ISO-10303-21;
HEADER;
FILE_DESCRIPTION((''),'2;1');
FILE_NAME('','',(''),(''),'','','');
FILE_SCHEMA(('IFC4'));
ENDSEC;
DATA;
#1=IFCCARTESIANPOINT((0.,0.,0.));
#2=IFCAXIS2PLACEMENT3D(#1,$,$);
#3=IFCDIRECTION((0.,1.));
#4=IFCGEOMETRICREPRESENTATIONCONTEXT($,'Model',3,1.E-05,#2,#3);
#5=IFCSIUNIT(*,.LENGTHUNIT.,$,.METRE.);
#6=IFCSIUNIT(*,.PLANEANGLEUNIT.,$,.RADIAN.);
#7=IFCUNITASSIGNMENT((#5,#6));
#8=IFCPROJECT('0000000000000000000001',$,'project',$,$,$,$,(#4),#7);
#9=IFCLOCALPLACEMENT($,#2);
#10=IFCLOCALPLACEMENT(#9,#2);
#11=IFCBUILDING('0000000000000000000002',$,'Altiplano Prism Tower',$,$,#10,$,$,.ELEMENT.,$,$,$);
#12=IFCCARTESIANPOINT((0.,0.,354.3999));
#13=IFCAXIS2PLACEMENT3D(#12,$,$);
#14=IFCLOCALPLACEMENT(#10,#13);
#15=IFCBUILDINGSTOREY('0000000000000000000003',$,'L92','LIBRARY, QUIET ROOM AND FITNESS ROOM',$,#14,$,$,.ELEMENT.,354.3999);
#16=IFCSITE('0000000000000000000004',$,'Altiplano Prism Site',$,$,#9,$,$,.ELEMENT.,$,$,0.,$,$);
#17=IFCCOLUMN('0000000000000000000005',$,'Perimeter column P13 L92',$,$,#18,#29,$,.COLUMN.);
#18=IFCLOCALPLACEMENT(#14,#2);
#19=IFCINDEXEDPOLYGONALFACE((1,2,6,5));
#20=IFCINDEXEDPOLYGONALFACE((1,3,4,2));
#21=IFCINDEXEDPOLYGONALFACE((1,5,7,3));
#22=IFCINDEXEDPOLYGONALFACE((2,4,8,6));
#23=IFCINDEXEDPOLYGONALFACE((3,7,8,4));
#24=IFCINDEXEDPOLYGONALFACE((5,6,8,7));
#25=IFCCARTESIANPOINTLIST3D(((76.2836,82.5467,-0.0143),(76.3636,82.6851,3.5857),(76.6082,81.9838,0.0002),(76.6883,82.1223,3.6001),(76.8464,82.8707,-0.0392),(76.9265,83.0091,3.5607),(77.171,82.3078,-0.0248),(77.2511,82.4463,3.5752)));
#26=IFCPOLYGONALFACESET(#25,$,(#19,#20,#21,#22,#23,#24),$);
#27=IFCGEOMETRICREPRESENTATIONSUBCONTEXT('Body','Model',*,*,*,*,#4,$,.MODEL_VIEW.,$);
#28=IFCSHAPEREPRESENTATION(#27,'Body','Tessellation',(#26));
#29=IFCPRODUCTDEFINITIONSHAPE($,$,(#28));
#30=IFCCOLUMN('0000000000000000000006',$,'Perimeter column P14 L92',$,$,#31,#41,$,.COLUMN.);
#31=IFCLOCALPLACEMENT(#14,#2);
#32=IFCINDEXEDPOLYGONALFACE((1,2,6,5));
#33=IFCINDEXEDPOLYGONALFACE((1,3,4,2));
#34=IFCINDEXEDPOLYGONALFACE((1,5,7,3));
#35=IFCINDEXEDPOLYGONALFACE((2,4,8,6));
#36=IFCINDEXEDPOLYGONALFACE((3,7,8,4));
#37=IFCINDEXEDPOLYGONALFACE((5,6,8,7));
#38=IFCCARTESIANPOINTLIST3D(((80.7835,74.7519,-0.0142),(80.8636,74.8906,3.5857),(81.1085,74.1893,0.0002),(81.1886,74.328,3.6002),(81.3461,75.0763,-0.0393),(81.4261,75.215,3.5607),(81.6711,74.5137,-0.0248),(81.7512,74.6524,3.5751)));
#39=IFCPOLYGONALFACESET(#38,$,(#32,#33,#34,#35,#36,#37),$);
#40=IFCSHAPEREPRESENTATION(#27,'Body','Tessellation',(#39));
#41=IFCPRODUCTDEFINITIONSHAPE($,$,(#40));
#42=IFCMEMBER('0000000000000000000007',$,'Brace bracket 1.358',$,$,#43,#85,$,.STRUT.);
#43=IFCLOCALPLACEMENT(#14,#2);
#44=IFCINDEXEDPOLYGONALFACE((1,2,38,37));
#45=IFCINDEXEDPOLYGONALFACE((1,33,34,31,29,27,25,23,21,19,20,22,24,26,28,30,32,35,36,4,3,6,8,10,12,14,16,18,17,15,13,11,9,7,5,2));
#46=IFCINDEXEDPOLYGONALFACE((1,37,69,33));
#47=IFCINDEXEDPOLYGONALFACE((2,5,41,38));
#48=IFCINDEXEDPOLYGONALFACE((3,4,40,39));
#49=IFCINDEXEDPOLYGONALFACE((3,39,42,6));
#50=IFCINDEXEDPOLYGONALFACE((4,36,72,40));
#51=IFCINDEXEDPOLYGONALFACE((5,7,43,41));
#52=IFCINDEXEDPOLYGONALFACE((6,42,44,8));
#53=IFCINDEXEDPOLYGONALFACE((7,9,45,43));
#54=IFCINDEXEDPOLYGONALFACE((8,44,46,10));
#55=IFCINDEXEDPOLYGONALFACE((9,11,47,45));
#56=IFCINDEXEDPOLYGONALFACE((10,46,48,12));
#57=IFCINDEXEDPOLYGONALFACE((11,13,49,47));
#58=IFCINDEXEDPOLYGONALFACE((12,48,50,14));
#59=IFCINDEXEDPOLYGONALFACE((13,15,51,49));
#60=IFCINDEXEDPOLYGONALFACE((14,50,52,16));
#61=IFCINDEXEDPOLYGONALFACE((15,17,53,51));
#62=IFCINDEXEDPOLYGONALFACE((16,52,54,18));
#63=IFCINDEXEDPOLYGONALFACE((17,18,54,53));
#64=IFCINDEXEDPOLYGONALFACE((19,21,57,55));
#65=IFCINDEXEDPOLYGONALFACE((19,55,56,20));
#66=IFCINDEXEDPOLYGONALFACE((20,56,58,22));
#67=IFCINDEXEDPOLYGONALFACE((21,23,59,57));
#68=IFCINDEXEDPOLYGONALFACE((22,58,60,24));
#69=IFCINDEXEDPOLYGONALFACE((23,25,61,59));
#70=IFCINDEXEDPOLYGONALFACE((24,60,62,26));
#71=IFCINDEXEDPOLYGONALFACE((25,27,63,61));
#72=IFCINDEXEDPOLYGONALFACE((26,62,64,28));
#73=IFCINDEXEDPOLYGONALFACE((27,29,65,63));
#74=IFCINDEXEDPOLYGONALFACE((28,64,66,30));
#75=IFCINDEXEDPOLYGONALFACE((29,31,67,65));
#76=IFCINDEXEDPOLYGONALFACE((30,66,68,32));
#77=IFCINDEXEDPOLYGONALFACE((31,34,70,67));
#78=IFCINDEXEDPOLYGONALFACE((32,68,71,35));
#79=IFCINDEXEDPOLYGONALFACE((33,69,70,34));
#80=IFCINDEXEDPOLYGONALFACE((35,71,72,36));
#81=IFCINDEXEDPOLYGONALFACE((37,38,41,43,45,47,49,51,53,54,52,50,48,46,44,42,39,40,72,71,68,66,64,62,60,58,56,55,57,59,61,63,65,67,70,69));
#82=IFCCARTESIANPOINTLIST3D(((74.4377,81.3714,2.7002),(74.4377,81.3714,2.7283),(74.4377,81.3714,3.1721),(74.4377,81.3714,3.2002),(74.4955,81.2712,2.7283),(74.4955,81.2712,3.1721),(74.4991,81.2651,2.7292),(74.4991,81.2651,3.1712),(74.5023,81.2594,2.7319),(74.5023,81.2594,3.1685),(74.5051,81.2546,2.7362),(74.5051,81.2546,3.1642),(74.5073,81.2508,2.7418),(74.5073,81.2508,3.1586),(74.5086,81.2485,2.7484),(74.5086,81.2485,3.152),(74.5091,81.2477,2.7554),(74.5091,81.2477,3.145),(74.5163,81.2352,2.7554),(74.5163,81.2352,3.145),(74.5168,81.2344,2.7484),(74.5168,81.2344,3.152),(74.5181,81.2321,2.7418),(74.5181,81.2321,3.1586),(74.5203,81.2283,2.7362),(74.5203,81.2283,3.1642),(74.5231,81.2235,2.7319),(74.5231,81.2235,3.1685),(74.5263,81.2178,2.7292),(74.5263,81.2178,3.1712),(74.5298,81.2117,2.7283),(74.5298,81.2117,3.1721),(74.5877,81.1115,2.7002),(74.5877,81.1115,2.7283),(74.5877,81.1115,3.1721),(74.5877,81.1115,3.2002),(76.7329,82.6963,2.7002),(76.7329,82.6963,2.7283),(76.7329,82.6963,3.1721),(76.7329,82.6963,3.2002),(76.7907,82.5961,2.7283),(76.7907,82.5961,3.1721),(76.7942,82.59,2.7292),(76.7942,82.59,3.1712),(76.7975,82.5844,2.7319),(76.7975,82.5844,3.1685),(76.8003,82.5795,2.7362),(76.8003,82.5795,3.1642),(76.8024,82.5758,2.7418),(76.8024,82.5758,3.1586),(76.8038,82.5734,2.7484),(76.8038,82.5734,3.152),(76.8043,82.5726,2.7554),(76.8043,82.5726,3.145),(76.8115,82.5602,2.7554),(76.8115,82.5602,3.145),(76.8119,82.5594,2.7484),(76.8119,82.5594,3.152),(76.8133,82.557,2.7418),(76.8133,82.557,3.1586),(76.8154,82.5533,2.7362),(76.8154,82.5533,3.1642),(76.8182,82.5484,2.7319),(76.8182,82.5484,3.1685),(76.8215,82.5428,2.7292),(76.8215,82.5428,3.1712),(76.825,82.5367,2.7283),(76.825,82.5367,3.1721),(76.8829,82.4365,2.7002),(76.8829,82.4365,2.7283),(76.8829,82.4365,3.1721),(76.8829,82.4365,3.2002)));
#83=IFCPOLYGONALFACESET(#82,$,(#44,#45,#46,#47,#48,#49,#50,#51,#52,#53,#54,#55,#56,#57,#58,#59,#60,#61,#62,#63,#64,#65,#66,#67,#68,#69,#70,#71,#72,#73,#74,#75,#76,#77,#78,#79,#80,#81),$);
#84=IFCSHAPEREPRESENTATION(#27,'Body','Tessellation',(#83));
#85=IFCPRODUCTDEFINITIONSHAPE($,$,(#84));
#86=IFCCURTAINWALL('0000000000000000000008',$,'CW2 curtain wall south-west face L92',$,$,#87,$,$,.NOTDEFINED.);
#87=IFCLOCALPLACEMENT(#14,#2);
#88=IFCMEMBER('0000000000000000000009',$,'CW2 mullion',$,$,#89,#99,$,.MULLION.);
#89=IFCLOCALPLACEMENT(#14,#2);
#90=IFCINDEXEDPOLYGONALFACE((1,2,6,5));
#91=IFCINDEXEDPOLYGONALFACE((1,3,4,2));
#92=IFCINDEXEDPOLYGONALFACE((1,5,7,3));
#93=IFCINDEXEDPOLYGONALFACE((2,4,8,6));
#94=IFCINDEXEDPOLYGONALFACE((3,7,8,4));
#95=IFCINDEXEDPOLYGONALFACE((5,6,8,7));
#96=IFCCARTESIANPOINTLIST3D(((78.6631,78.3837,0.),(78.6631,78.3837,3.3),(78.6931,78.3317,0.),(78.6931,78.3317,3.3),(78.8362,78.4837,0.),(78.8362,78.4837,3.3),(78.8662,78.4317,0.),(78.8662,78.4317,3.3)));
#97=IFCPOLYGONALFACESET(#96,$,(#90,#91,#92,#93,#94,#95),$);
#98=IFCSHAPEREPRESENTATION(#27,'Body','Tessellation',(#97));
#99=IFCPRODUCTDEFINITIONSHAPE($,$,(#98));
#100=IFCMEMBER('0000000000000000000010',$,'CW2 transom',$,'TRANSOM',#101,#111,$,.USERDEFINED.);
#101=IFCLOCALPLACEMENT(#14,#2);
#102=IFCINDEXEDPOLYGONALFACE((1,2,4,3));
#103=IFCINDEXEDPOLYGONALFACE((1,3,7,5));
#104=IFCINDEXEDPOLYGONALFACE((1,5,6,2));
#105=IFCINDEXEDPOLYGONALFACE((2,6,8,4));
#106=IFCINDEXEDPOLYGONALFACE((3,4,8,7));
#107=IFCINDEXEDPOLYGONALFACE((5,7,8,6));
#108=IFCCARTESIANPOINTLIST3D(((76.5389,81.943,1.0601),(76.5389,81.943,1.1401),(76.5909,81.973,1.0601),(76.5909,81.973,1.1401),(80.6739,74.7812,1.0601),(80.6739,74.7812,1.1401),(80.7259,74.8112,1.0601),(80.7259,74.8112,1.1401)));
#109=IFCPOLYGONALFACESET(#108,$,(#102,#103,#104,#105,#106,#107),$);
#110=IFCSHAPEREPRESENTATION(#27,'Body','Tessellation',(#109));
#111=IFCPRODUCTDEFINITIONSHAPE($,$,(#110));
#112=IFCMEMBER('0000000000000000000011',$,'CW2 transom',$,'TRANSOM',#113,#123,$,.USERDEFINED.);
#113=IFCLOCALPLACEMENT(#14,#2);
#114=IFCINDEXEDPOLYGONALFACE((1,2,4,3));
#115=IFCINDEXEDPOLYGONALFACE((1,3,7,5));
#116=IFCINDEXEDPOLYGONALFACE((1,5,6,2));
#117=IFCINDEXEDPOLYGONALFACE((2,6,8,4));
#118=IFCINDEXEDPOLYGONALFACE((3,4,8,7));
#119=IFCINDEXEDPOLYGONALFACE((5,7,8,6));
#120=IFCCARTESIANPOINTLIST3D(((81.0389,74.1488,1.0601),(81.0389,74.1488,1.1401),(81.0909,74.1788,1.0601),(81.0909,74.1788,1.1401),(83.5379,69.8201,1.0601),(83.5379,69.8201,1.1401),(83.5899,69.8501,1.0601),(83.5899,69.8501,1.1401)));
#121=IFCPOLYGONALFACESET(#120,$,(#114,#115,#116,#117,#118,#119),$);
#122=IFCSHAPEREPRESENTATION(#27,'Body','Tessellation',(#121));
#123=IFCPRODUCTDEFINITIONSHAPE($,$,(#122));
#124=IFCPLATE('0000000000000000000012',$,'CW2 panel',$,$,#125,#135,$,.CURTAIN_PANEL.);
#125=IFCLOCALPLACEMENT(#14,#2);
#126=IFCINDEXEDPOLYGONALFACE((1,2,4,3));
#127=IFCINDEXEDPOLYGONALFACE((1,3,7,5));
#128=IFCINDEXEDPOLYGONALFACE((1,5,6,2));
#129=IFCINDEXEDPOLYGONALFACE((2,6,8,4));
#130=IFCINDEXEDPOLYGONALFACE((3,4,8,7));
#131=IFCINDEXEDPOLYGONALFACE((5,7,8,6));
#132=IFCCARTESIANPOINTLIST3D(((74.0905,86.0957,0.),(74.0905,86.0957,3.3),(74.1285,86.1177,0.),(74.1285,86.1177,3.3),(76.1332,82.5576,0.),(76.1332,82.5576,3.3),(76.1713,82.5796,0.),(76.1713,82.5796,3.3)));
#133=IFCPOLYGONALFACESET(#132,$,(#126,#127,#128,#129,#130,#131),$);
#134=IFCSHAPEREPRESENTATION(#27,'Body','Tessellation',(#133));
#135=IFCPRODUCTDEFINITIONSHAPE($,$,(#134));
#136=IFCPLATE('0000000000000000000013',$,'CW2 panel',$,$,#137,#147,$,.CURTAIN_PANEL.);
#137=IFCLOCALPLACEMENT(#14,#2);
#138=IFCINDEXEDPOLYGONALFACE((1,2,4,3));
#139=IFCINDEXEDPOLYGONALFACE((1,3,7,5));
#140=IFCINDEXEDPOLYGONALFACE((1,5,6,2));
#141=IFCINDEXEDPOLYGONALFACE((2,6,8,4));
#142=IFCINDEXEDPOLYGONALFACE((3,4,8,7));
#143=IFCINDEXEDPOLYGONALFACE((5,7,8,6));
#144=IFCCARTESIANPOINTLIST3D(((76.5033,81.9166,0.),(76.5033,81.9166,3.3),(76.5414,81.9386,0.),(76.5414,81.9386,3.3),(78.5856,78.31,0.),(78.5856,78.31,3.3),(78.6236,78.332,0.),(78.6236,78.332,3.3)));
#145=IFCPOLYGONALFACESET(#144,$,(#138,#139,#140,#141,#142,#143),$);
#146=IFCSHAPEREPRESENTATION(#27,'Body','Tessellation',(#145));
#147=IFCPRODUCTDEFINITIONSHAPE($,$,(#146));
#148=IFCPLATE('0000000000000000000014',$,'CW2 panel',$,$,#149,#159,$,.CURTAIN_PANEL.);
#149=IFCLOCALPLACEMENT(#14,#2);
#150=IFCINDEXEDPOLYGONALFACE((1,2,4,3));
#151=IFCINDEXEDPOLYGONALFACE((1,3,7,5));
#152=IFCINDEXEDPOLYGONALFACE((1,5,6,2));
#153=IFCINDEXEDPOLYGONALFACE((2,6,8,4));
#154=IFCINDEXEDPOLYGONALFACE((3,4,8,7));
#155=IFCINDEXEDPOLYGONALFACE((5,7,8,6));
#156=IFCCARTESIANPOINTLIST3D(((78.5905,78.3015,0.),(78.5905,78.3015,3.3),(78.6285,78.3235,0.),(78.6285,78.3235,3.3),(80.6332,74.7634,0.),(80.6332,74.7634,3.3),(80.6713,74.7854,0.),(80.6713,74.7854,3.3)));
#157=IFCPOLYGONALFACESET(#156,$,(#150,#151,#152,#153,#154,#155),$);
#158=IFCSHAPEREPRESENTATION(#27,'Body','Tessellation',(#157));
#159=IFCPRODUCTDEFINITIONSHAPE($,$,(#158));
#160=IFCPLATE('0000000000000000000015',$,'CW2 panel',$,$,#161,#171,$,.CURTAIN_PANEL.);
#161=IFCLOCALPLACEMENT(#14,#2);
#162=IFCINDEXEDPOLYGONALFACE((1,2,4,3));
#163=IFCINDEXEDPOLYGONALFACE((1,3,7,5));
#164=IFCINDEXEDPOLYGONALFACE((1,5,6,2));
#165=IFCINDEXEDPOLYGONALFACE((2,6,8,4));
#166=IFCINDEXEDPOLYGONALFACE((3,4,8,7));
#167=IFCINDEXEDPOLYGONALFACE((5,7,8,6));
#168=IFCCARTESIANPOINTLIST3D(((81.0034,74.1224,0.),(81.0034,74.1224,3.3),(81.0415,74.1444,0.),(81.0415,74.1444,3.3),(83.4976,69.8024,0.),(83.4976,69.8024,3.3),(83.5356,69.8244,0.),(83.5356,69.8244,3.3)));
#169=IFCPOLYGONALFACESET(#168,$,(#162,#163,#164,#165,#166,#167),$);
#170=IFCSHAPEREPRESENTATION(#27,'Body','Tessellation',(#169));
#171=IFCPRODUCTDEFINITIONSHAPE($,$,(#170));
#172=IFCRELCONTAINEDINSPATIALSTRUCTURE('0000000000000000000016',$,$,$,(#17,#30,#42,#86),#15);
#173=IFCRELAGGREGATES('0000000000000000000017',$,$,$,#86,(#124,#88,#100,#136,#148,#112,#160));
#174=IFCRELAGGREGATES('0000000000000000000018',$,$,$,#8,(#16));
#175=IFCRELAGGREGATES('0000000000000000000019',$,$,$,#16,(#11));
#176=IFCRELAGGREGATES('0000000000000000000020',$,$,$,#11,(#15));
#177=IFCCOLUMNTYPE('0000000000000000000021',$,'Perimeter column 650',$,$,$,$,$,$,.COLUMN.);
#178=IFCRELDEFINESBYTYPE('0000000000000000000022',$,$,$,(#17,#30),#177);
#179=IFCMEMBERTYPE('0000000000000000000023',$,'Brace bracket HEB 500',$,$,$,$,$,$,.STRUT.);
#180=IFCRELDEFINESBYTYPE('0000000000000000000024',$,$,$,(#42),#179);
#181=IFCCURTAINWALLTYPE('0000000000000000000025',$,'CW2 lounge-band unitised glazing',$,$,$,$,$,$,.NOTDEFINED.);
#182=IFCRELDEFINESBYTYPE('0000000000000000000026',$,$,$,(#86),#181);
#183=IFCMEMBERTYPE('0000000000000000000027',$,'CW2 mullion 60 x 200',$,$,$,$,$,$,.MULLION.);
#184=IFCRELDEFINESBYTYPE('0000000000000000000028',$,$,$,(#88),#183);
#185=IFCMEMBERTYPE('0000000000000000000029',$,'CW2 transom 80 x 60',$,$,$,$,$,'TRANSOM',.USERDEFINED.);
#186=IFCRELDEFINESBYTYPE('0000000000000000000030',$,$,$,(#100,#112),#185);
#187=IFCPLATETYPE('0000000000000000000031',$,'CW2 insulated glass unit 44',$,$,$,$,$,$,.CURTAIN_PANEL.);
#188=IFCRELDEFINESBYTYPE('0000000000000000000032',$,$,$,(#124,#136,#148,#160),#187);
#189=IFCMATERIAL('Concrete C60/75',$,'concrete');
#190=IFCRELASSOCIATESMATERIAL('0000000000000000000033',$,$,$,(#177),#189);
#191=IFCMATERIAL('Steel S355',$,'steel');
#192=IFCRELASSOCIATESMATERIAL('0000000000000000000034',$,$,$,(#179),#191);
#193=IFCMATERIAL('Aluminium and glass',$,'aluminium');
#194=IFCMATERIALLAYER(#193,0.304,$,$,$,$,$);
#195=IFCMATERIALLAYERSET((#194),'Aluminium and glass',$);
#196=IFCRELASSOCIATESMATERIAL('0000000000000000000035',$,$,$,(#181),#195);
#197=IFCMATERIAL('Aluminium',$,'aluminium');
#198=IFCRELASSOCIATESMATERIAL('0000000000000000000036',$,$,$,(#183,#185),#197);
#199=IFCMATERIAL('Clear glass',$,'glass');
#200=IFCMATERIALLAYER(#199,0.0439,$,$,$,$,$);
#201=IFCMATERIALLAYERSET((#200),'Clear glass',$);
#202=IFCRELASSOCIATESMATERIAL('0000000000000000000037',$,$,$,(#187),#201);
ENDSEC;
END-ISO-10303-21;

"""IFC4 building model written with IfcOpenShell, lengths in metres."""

from ifc_helpers import new_model, si_unit, direction, frame, origin, origin_2d, place, context, subcontext, project, spatial, rectangle, i_section, extrude, material, layer, layer_set, material_profile, profile_set, type_object, element, aggregate, save


model = new_model("IFC4")

# Units and contexts
model_context = context("Model", 3, precision=1e-05, world=origin(), true_north=direction((0.0, 1.0)))
body_context = subcontext(model_context, "Body", "Model", "MODEL_VIEW")
ifc_project = project(units=[si_unit("LENGTHUNIT", "METRE"), si_unit("PLANEANGLEUNIT", "RADIAN")], contexts=[model_context])

# Site, building, storey
site_placement = place(None, origin())
site = spatial("IfcSite", under=ifc_project, at=site_placement, Name="Altiplano Prism Site", CompositionType="ELEMENT", RefElevation=0.0)
building_placement = place(site_placement, origin())
building = spatial("IfcBuilding", under=site, at=building_placement, Name="Altiplano Prism Tower", CompositionType="ELEMENT")
storey_placement = place(building_placement, frame((0.0, 0.0, 354.3999)))
storey = spatial("IfcBuildingStorey", under=building, at=storey_placement, Name="L92", Description="LIBRARY, QUIET ROOM AND FITNESS ROOM", CompositionType="ELEMENT", Elevation=354.3999)

# Columns
ifc_material_1 = material(Name="Concrete C60/75", Category="concrete")
ifc_material_profile_1 = material_profile(ifc_material_1, rectangle(XDim=0.6499, YDim=0.6499, at=origin_2d()), Name="Perimeter column 650")
ifc_profile_set_1 = profile_set([ifc_material_profile_1], Name="Concrete C60/75")
column_type = type_object("IfcColumnType", Name="Perimeter column 650", PredefinedType="COLUMN", material=ifc_profile_set_1)
for number, where, z_axis, x_axis, name in (
    (1, (76.7273, 82.4272, -0.0195), (0.022223, 0.038416, 0.999015), (-0.866021, -0.498528, 0.038435), "Perimeter column P13 L92"),
    (2, (81.2273, 74.6328, -0.0195), (0.022223, 0.038483, 0.999012), (-0.865639, -0.499187, 0.038485), "Perimeter column P14 L92"),
):
    element("IfcColumn", number, at=place(storey_placement, frame(where, z_axis=z_axis, x_axis=x_axis)), inside=storey, type_object=column_type, Name=name, PredefinedType="COLUMN", context=body_context, shape_type="SweptSolid", body=[
        extrude(rectangle(XDim=0.6499, YDim=0.6499, at=origin_2d()), origin(), (0.0, 0.0, 1.0), 3.6035),
    ])

# Member
ifc_material_2 = material(Name="Steel S355", Category="steel")
ifc_material_profile_2 = material_profile(ifc_material_2, i_section(OverallWidth=0.3, OverallDepth=0.5, WebThickness=0.0144, FlangeThickness=0.0281, FilletRadius=0.0271, at=origin_2d()), Name="Brace bracket HEB 500")
ifc_profile_set_2 = profile_set([ifc_material_profile_2], Name="Steel S355")
member_type_1 = type_object("IfcMemberType", Name="Brace bracket HEB 500", PredefinedType="STRUT", material=ifc_profile_set_2)
member_1_placement = place(storey_placement, frame((76.8079, 82.5664, 2.9502), z_axis=(-0.866052, -0.499954, 0.0), x_axis=(0.499954, -0.866052, 0.0)))
element("IfcMember", 3, at=member_1_placement, inside=storey, type_object=member_type_1, Name="Brace bracket 1.358", PredefinedType="STRUT", context=body_context, shape_type="SweptSolid", body=[
    extrude(i_section(OverallWidth=0.3, OverallDepth=0.5, WebThickness=0.0144, FlangeThickness=0.0281, FilletRadius=0.0271, at=origin_2d()), origin(), (0.0, 0.0, 1.0), 2.6501),
])

# Curtain wall, members, plates
ifc_material_3 = material(Name="Aluminium and glass", Category="aluminium")
ifc_layer_1 = layer(ifc_material_3, 0.304)
ifc_layer_set_1 = layer_set([ifc_layer_1], Name="Aluminium and glass")
curtain_wall_type = type_object("IfcCurtainWallType", Name="CW2 lounge-band unitised glazing", PredefinedType="NOTDEFINED", material=ifc_layer_set_1)
curtain_wall_placement = place(storey_placement, origin())
curtain_wall = element("IfcCurtainWall", 4, at=curtain_wall_placement, inside=storey, type_object=curtain_wall_type, Name="CW2 curtain wall south-west face L92", PredefinedType="NOTDEFINED")
ifc_material_4 = material(Name="Aluminium", Category="aluminium")
ifc_material_profile_3 = material_profile(ifc_material_4, rectangle(XDim=0.2, YDim=0.0601, at=origin_2d()), Name="CW2 mullion 60 x 200")
ifc_profile_set_3 = profile_set([ifc_material_profile_3], Name="Aluminium")
member_type_2 = type_object("IfcMemberType", Name="CW2 mullion 60 x 200", PredefinedType="MULLION", material=ifc_profile_set_3)
member_2_placement = place(storey_placement, frame((78.7646, 78.4077, 0.0), z_axis=(0.0, 0.0, 1.0), x_axis=(0.866025, 0.5, 0.0)))
member_2 = element("IfcMember", 5, at=member_2_placement, type_object=member_type_2, Name="CW2 mullion", PredefinedType="MULLION", context=body_context, shape_type="SweptSolid", body=[
    extrude(rectangle(XDim=0.2, YDim=0.0601, at=origin_2d()), origin(), (0.0, 0.0, 1.0), 3.3),
])
ifc_material_profile_4 = material_profile(ifc_material_4, rectangle(XDim=0.0601, YDim=0.0801, at=origin_2d()), Name="CW2 transom 80 x 60")
ifc_profile_set_4 = profile_set([ifc_material_profile_4], Name="Aluminium")
member_type_3 = type_object("IfcMemberType", Name="CW2 transom 80 x 60", ElementType="TRANSOM", PredefinedType="USERDEFINED", material=ifc_profile_set_4)
member_3_placement = place(storey_placement, frame((76.5649, 81.958, 1.1001), z_axis=(0.50001, -0.86602, 0.0), x_axis=(0.86602, 0.50001, 0.0)))
member_3 = element("IfcMember", 6, at=member_3_placement, type_object=member_type_3, Name="CW2 transom", ObjectType="TRANSOM", PredefinedType="USERDEFINED", context=body_context, shape_type="SweptSolid", body=[
    extrude(rectangle(XDim=0.0601, YDim=0.0801, at=origin_2d()), origin(), (0.0, 0.0, 1.0), 8.2698),
])
member_4_placement = place(storey_placement, frame((81.0649, 74.1638, 1.1001), z_axis=(0.499963, -0.866047, 0.0), x_axis=(0.866047, 0.499963, 0.0)))
member_4 = element("IfcMember", 7, at=member_4_placement, type_object=member_type_3, Name="CW2 transom", ObjectType="TRANSOM", PredefinedType="USERDEFINED", context=body_context, shape_type="SweptSolid", body=[
    extrude(rectangle(XDim=0.0601, YDim=0.0801, at=origin_2d()), origin(), (0.0, 0.0, 1.0), 4.9983),
])
ifc_material_5 = material(Name="Clear glass", Category="glass")
ifc_layer_2 = layer(ifc_material_5, 0.0439)
ifc_layer_set_2 = layer_set([ifc_layer_2], Name="Clear glass")
plate_type = type_object("IfcPlateType", Name="CW2 insulated glass unit 44", PredefinedType="CURTAIN_PANEL", material=ifc_layer_set_2)
plate_1_placement = place(storey_placement, frame((75.1309, 84.3376, 0.0), z_axis=(0.0, 0.0, 1.0), x_axis=(0.5, -0.866025, 0.0)))
plate_1 = element("IfcPlate", 8, at=plate_1_placement, type_object=plate_type, Name="CW2 panel", PredefinedType="CURTAIN_PANEL", context=body_context, shape_type="SweptSolid", body=[
    extrude(rectangle(XDim=4.0854, YDim=0.0439, at=origin_2d()), origin(), (0.0, 0.0, 1.0), 3.3),
])
plate_2_placement = place(storey_placement, frame((77.5635, 80.1243, 0.0), z_axis=(0.0, 0.0, 1.0), x_axis=(0.5, -0.866025, 0.0)))
plate_2 = element("IfcPlate", 9, at=plate_2_placement, type_object=plate_type, Name="CW2 panel", PredefinedType="CURTAIN_PANEL", context=body_context, shape_type="SweptSolid", body=[
    extrude(rectangle(XDim=4.1646, YDim=0.0439, at=origin_2d()), origin(), (0.0, 0.0, 1.0), 3.3),
])
plate_3_placement = place(storey_placement, frame((79.6309, 76.5435, 0.0), z_axis=(0.0, 0.0, 1.0), x_axis=(0.5, -0.866025, 0.0)))
plate_3 = element("IfcPlate", 10, at=plate_3_placement, type_object=plate_type, Name="CW2 panel", PredefinedType="CURTAIN_PANEL", context=body_context, shape_type="SweptSolid", body=[
    extrude(rectangle(XDim=4.0854, YDim=0.0439, at=origin_2d()), origin(), (0.0, 0.0, 1.0), 3.3),
])
plate_4_placement = place(storey_placement, frame((82.2695, 71.9734, 0.0), z_axis=(0.0, 0.0, 1.0), x_axis=(0.5, -0.866025, 0.0)))
plate_4 = element("IfcPlate", 11, at=plate_4_placement, type_object=plate_type, Name="CW2 panel", PredefinedType="CURTAIN_PANEL", context=body_context, shape_type="SweptSolid", body=[
    extrude(rectangle(XDim=4.9883, YDim=0.0439, at=origin_2d()), origin(), (0.0, 0.0, 1.0), 3.3),
])
aggregate(curtain_wall, [plate_1, member_2, member_3, plate_2, plate_3, member_4, plate_4])

save(model, "model.ifc")
